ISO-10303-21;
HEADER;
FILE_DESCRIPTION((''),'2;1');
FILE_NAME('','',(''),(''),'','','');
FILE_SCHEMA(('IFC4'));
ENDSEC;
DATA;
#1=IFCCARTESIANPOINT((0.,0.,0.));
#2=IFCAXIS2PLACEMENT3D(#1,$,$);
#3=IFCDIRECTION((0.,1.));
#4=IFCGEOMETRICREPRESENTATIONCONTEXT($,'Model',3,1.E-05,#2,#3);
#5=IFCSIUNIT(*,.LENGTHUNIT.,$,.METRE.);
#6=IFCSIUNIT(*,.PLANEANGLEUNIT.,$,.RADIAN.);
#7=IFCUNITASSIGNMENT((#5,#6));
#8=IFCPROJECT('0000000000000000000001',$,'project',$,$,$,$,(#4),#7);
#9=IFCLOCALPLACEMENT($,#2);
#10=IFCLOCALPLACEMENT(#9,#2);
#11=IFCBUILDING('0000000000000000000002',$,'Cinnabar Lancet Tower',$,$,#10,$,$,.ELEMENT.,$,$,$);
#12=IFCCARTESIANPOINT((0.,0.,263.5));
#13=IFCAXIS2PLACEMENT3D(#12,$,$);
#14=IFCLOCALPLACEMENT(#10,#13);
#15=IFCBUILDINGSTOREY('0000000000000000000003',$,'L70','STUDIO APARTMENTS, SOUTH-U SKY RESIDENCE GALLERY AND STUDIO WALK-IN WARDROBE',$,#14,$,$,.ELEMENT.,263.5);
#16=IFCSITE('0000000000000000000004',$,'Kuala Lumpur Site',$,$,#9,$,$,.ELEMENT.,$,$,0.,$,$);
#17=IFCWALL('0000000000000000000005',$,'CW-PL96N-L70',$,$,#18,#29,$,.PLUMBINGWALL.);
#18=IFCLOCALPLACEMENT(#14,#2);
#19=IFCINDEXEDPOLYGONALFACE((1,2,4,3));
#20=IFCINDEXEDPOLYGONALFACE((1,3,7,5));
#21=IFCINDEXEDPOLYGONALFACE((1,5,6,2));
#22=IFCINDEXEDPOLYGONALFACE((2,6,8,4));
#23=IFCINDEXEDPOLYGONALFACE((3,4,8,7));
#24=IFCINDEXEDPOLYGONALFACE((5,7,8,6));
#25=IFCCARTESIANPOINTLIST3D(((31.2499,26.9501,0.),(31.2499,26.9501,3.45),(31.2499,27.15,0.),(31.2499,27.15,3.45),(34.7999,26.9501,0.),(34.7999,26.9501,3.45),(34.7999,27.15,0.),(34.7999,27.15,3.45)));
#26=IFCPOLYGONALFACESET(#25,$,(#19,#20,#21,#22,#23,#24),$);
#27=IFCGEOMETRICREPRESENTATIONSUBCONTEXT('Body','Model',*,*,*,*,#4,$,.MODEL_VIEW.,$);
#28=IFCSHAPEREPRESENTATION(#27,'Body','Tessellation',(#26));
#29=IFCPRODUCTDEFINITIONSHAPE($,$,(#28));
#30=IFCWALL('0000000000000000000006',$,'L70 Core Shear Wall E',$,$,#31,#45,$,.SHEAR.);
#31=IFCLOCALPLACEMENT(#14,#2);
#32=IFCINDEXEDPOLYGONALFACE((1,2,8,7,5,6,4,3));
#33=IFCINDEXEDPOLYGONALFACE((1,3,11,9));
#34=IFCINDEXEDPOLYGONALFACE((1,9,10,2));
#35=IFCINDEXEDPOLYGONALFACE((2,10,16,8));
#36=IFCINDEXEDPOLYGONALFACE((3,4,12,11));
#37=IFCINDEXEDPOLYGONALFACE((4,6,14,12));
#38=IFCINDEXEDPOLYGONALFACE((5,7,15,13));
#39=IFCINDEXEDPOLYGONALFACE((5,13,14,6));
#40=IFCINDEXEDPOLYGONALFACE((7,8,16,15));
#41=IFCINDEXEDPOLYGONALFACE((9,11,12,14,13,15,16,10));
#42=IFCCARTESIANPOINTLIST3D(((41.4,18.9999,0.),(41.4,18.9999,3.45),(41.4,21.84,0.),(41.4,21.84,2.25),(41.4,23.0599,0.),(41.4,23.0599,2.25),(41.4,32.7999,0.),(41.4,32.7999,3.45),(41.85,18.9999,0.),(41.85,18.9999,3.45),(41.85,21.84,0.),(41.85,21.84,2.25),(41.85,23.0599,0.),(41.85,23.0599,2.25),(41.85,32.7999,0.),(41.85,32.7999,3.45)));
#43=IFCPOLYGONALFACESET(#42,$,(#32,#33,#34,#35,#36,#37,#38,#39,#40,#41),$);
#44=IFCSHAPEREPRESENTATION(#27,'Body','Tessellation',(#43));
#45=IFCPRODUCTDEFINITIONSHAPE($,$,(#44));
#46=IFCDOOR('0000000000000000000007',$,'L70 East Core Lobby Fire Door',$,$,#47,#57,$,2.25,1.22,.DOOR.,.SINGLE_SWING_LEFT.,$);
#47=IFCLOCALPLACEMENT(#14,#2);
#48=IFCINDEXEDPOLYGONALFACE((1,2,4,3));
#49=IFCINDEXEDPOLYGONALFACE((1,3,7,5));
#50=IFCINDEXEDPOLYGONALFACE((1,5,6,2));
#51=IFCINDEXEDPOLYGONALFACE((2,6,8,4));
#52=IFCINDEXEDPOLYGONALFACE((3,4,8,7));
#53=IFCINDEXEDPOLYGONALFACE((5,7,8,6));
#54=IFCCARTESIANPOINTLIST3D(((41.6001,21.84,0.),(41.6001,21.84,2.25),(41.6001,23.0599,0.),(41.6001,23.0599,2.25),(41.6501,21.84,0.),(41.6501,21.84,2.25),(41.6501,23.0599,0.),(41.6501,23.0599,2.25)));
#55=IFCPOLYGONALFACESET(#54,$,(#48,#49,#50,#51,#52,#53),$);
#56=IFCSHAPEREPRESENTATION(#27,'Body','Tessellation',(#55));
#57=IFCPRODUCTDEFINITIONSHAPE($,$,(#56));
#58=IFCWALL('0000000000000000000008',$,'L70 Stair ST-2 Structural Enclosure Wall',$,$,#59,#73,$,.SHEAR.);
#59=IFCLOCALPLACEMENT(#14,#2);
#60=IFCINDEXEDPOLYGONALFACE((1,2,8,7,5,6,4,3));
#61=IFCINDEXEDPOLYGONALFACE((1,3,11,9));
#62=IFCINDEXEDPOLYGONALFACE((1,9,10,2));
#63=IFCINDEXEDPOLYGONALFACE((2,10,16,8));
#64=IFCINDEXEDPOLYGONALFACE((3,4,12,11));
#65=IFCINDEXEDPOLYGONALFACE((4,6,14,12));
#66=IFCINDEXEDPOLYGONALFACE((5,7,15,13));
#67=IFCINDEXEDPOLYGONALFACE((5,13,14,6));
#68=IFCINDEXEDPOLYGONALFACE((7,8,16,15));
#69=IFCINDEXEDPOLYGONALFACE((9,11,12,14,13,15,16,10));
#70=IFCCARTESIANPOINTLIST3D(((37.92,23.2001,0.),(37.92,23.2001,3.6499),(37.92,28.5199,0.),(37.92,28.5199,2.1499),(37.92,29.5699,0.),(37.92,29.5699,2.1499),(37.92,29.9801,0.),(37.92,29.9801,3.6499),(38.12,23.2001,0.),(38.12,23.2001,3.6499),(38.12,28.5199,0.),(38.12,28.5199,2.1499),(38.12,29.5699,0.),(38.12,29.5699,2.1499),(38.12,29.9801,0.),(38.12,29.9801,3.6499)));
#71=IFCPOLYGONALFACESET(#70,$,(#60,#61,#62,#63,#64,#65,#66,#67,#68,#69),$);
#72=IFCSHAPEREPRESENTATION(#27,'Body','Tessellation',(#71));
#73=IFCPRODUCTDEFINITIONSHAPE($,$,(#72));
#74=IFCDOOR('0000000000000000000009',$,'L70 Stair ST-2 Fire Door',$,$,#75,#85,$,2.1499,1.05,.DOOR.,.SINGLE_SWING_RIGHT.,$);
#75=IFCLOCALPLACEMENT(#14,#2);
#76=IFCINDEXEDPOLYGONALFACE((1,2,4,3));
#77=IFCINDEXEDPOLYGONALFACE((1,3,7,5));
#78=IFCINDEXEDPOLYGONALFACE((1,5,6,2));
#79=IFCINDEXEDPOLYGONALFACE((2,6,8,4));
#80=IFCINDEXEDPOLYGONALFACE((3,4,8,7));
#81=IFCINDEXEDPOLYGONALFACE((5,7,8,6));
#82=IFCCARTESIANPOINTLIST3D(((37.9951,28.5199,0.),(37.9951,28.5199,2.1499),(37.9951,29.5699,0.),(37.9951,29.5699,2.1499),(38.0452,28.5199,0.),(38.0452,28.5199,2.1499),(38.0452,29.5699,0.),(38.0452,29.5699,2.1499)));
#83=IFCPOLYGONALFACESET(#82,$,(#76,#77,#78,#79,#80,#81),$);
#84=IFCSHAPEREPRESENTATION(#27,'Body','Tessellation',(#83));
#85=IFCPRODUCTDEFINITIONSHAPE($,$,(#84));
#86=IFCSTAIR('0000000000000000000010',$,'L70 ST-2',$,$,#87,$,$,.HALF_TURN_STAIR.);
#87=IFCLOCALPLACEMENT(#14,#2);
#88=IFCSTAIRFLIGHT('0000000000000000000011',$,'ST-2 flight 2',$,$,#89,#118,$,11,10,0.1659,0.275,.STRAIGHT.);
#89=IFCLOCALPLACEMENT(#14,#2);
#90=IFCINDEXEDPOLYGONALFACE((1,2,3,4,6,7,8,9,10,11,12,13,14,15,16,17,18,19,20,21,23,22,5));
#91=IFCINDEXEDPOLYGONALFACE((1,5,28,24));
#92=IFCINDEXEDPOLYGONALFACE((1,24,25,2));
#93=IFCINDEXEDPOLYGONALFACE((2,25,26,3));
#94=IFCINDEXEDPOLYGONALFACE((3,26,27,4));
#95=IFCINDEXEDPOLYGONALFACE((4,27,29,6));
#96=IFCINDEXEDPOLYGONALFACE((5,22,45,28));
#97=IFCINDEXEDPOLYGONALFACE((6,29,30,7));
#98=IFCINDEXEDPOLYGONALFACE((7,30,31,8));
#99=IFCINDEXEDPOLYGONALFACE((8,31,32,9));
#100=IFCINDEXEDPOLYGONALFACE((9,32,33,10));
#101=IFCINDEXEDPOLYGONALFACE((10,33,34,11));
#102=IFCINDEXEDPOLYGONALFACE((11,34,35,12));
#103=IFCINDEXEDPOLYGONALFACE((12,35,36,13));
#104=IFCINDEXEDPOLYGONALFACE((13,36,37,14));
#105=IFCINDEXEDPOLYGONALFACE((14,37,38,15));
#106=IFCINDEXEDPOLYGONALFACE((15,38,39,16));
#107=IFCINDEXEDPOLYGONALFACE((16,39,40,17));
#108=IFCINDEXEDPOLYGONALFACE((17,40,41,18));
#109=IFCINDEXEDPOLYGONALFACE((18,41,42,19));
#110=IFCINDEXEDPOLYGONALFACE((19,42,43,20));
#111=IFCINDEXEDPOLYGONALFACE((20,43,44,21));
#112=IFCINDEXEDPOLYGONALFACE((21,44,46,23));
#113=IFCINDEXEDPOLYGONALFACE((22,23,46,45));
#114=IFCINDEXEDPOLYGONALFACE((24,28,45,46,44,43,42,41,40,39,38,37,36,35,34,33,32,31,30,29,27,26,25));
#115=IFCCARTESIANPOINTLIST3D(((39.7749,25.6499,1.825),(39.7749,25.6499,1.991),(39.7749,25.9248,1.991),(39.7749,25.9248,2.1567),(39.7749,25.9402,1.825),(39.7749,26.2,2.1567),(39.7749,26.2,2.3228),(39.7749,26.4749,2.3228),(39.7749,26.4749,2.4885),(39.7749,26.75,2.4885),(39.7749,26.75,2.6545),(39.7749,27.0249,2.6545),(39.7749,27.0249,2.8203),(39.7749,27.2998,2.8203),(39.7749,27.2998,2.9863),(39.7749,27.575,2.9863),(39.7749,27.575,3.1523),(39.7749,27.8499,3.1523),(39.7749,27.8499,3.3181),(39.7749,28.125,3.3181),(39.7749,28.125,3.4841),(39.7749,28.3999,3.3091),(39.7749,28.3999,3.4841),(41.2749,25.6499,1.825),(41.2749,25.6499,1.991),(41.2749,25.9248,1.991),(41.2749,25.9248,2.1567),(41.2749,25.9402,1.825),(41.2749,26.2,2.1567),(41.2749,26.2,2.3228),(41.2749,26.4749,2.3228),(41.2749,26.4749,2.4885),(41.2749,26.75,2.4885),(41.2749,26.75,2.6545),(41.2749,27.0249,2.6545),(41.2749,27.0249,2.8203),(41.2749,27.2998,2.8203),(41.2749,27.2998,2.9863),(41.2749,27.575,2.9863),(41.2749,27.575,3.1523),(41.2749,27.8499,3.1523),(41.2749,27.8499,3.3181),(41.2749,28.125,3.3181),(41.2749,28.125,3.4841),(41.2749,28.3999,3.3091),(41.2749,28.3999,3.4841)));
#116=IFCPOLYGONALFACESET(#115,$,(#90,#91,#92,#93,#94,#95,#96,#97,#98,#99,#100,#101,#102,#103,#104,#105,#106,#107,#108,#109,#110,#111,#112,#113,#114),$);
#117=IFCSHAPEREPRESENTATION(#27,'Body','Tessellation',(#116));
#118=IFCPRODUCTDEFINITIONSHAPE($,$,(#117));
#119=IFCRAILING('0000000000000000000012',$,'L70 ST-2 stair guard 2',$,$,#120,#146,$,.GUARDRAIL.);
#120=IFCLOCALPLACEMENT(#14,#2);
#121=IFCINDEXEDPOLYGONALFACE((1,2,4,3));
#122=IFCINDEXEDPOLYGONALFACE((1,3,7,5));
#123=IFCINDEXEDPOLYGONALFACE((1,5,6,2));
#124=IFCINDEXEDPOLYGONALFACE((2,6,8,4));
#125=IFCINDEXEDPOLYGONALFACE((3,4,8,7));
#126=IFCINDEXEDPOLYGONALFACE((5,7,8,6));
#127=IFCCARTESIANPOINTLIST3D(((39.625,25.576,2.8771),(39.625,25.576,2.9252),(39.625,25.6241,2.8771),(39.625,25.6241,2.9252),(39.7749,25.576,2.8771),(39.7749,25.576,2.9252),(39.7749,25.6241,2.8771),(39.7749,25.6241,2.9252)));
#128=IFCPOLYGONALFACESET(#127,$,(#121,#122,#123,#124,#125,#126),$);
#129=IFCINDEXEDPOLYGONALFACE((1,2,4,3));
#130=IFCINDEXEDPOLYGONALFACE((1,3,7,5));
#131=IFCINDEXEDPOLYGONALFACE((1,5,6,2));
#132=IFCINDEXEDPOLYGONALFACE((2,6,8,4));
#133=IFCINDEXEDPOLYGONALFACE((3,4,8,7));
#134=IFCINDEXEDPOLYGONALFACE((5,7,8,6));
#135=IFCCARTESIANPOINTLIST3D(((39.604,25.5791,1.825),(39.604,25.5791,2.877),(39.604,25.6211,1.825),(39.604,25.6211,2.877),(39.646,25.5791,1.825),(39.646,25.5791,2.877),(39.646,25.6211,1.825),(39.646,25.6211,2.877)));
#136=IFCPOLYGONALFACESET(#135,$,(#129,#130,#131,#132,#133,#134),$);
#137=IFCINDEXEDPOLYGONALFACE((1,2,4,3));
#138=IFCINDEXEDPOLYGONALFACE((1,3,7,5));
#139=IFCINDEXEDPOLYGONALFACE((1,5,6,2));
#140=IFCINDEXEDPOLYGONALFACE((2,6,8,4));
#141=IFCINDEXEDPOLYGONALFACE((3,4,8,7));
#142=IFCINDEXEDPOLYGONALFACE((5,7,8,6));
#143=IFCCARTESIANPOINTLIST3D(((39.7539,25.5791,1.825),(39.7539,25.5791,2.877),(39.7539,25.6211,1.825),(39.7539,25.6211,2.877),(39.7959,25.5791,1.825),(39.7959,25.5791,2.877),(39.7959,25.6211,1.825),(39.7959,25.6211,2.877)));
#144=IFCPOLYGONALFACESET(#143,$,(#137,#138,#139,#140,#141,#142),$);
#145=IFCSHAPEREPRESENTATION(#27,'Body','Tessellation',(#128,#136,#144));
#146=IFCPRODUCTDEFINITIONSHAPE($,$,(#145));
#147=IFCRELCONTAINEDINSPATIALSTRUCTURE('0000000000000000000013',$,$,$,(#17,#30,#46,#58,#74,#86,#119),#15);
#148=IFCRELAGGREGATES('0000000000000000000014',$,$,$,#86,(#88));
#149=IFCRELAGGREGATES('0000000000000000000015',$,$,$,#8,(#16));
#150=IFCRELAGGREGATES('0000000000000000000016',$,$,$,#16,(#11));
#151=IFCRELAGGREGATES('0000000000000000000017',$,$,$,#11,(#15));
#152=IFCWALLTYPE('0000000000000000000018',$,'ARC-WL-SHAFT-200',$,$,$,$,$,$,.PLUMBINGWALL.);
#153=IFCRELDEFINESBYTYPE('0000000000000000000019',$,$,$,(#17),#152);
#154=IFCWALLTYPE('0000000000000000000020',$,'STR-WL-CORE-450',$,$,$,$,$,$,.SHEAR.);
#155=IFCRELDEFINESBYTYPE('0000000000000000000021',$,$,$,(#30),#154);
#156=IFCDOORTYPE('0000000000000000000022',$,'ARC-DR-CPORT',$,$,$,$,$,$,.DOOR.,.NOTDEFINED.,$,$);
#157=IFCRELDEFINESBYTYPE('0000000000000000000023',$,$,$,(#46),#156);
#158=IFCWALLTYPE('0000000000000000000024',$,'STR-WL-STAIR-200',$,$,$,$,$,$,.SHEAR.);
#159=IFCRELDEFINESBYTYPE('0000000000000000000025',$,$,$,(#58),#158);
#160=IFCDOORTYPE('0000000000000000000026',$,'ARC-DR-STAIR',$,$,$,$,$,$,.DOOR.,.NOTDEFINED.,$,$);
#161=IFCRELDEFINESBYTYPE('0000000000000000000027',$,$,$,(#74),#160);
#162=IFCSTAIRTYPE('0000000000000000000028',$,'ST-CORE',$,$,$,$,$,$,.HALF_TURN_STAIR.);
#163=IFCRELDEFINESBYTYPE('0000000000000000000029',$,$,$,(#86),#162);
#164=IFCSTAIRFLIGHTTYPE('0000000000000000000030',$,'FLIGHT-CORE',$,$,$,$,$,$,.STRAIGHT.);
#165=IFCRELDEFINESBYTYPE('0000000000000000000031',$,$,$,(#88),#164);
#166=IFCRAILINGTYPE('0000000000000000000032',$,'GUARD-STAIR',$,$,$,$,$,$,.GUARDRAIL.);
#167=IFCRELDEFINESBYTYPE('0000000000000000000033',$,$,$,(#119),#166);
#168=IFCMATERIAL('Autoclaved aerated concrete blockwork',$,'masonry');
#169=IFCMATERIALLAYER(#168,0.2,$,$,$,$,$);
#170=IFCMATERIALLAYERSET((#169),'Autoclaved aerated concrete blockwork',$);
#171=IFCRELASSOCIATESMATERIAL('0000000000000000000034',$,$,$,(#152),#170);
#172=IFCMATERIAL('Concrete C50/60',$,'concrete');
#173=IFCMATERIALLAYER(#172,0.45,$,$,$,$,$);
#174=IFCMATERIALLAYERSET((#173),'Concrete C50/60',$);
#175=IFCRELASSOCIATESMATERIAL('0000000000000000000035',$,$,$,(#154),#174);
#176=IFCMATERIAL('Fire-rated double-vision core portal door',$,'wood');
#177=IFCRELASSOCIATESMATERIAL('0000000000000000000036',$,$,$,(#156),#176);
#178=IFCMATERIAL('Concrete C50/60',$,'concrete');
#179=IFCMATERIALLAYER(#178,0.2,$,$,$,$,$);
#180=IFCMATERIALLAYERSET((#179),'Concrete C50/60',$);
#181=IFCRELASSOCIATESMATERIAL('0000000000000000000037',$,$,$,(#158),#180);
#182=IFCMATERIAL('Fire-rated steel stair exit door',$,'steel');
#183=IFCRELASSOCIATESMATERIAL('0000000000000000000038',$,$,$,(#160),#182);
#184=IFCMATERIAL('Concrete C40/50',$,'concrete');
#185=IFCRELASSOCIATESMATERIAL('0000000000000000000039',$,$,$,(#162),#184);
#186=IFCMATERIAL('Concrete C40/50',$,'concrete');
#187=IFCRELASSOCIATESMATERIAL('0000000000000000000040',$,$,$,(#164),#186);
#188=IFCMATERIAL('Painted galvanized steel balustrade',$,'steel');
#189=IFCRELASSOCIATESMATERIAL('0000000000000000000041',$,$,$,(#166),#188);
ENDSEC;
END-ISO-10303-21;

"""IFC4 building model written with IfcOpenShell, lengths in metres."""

from ifc_helpers import new_model, si_unit, direction, frame, frame_2d, origin, origin_2d, place, context, subcontext, project, spatial, polyline, rectangle, outline, extrude, material, layer, layer_set, type_object, element, fill, aggregate, save


model = new_model("IFC4")

# Units and contexts
model_context = context("Model", 3, precision=1e-05, world=origin(), true_north=direction((0.0, 1.0)))
body_context = subcontext(model_context, "Body", "Model", "MODEL_VIEW")
ifc_project = project(units=[si_unit("LENGTHUNIT", "METRE"), si_unit("PLANEANGLEUNIT", "RADIAN")], contexts=[model_context])

# Site, building, storey
site_placement = place(None, origin())
site = spatial("IfcSite", under=ifc_project, at=site_placement, Name="Kuala Lumpur Site", CompositionType="ELEMENT", RefElevation=0.0)
building_placement = place(site_placement, origin())
building = spatial("IfcBuilding", under=site, at=building_placement, Name="Cinnabar Lancet Tower", CompositionType="ELEMENT")
storey_placement = place(building_placement, frame((0.0, 0.0, 263.5)))
storey = spatial("IfcBuildingStorey", under=building, at=storey_placement, Name="L70", Description="STUDIO APARTMENTS, SOUTH-U SKY RESIDENCE GALLERY AND STUDIO WALK-IN WARDROBE", CompositionType="ELEMENT", Elevation=263.5)

# Shared definitions
ifc_material_1 = material(Name="Autoclaved aerated concrete blockwork", Category="masonry")
ifc_layer_1 = layer(ifc_material_1, 0.2)
ifc_layer_set_1 = layer_set([ifc_layer_1], Name="Autoclaved aerated concrete blockwork")
wall_type_1 = type_object("IfcWallType", Name="ARC-WL-SHAFT-200", PredefinedType="PLUMBINGWALL", material=ifc_layer_set_1)

# Wall
wall_1_placement = place(storey_placement, frame((31.25, 27.05, 0.0), z_axis=(0.0, 0.0, 1.0), x_axis=(1.0, 0.0, 0.0)))
element("IfcWall", 1, at=wall_1_placement, inside=storey, type_object=wall_type_1, Name="CW-PL96N-L70", PredefinedType="PLUMBINGWALL", context=body_context, shape_type="SweptSolid", body=[
    extrude(rectangle(XDim=3.55, YDim=0.2, at=frame_2d((1.7749, 0.0))), origin(), (0.0, 0.0, 1.0), 3.45),
])

# Walls, openings, doors
ifc_material_2 = material(Name="Concrete C50/60", Category="concrete")
ifc_layer_2 = layer(ifc_material_2, 0.45)
ifc_layer_set_2 = layer_set([ifc_layer_2], Name="Concrete C50/60")
wall_type_2 = type_object("IfcWallType", Name="STR-WL-CORE-450", PredefinedType="SHEAR", material=ifc_layer_set_2)
wall_2_placement = place(storey_placement, frame((41.625, 19.0, 0.0), z_axis=(0.0, 0.0, 1.0), x_axis=(0.0, 1.0, 0.0)))
wall_2 = element("IfcWall", 2, at=wall_2_placement, inside=storey, type_object=wall_type_2, Name="L70 Core Shear Wall E", PredefinedType="SHEAR", context=body_context, shape_type="SweptSolid", body=[
    extrude(rectangle(XDim=13.8, YDim=0.45, at=frame_2d((6.8999, 0.0))), origin(), (0.0, 0.0, 1.0), 3.45),
])
opening_1_placement = place(wall_2_placement, frame((2.8401, 0.0, 0.0)))
opening_1 = element("IfcOpeningElement", 3, at=opening_1_placement, cuts=wall_2, PredefinedType="OPENING", context=body_context, shape_type="SweptSolid", body=[
    extrude(rectangle(XDim=1.22, YDim=2.25, at=frame_2d((0.6099, 1.125))), frame((0.0, 0.2349, 0.0), z_axis=(0.0, -1.0, 0.0), x_axis=(1.0, 0.0, 0.0)), (0.0, 0.0, 1.0), 0.47),
])
ifc_material_3 = material(Name="Fire-rated double-vision core portal door", Category="wood")
door_type_1 = type_object("IfcDoorType", Name="ARC-DR-CPORT", OperationType="NOTDEFINED", PredefinedType="DOOR", material=ifc_material_3)
door_1_placement = place(opening_1_placement, origin())
door_1 = element("IfcDoor", 4, at=door_1_placement, inside=storey, type_object=door_type_1, Name="L70 East Core Lobby Fire Door", OperationType="SINGLE_SWING_LEFT", OverallHeight=2.25, OverallWidth=1.22, PredefinedType="DOOR", context=body_context, shape_type="SweptSolid", body=[
    extrude(rectangle(XDim=1.22, YDim=2.25, at=frame_2d((0.6099, 1.125))), frame((0.0, 0.0249, 0.0), z_axis=(0.0, -1.0, 0.0), x_axis=(1.0, 0.0, 0.0)), (0.0, 0.0, 1.0), 0.05),
])
fill(opening_1, door_1)
ifc_material_4 = material(Name="Concrete C50/60", Category="concrete")
ifc_layer_3 = layer(ifc_material_4, 0.2)
ifc_layer_set_3 = layer_set([ifc_layer_3], Name="Concrete C50/60")
wall_type_3 = type_object("IfcWallType", Name="STR-WL-STAIR-200", PredefinedType="SHEAR", material=ifc_layer_set_3)
wall_3_placement = place(storey_placement, frame((38.02, 23.2, 0.0), z_axis=(0.0, 0.0, 1.0), x_axis=(0.0, 1.0, 0.0)))
wall_3 = element("IfcWall", 5, at=wall_3_placement, inside=storey, type_object=wall_type_3, Name="L70 Stair ST-2 Structural Enclosure Wall", PredefinedType="SHEAR", context=body_context, shape_type="SweptSolid", body=[
    extrude(rectangle(XDim=6.78, YDim=0.2, at=frame_2d((3.3901, 0.0))), origin(), (0.0, 0.0, 1.0), 3.6499),
])
opening_2_placement = place(wall_3_placement, frame((5.3201, 0.0, 0.0)))
opening_2 = element("IfcOpeningElement", 6, at=opening_2_placement, cuts=wall_3, PredefinedType="OPENING", context=body_context, shape_type="SweptSolid", body=[
    extrude(rectangle(XDim=1.05, YDim=2.1499, at=frame_2d((0.5249, 1.075))), frame((0.0, 0.1099, 0.0), z_axis=(0.0, -1.0, 0.0), x_axis=(1.0, 0.0, 0.0)), (0.0, 0.0, 1.0), 0.22),
])
ifc_material_5 = material(Name="Fire-rated steel stair exit door", Category="steel")
door_type_2 = type_object("IfcDoorType", Name="ARC-DR-STAIR", OperationType="NOTDEFINED", PredefinedType="DOOR", material=ifc_material_5)
door_2_placement = place(opening_2_placement, origin())
door_2 = element("IfcDoor", 7, at=door_2_placement, inside=storey, type_object=door_type_2, Name="L70 Stair ST-2 Fire Door", OperationType="SINGLE_SWING_RIGHT", OverallHeight=2.1499, OverallWidth=1.05, PredefinedType="DOOR", context=body_context, shape_type="SweptSolid", body=[
    extrude(rectangle(XDim=1.05, YDim=2.1499, at=frame_2d((0.5249, 1.075))), frame((0.0, 0.0249, 0.0), z_axis=(0.0, -1.0, 0.0), x_axis=(1.0, 0.0, 0.0)), (0.0, 0.0, 1.0), 0.05),
])
fill(opening_2, door_2)

# Stair, stair flight
ifc_material_6 = material(Name="Concrete C40/50", Category="concrete")
stair_type = type_object("IfcStairType", Name="ST-CORE", PredefinedType="HALF_TURN_STAIR", material=ifc_material_6)
stair_placement = place(storey_placement, origin())
stair = element("IfcStair", 8, at=stair_placement, inside=storey, type_object=stair_type, Name="L70 ST-2", PredefinedType="HALF_TURN_STAIR")
ifc_material_7 = material(Name="Concrete C40/50", Category="concrete")
stair_flight_type = type_object("IfcStairFlightType", Name="FLIGHT-CORE", PredefinedType="STRAIGHT", material=ifc_material_7)
stair_flight_placement = place(storey_placement, frame((40.5249, 25.6499, 1.825), z_axis=(0.0, 0.0, 1.0), x_axis=(0.0, 1.0, 0.0)))
stair_flight = element("IfcStairFlight", 9, at=stair_flight_placement, type_object=stair_flight_type, Name="ST-2 flight 2", NumberOfRisers=11, NumberOfTreads=10, PredefinedType="STRAIGHT", RiserHeight=0.1659, TreadLength=0.275, context=body_context, shape_type="SweptSolid", body=[
    extrude(outline(polyline([(0.0, 0.0), (0.0, 0.166), (0.2749, 0.166), (0.2749, 0.3318), (0.55, 0.3318), (0.55, 0.4978), (0.825, 0.4978), (0.825, 0.6636), (1.1001, 0.6636), (1.1001, 0.8296), (1.375, 0.8296), (1.375, 0.9954), (1.6499, 0.9954), (1.6499, 1.1614), (1.925, 1.1614), (1.925, 1.3274), (2.2, 1.3274), (2.2, 1.4932), (2.4751, 1.4932), (2.4751, 1.6592), (2.75, 1.6592), (2.75, 1.825), (2.75, 1.4841), (0.2903, 0.0), (0.0, 0.0)])), frame((0.0, 0.75, 0.0), z_axis=(0.0, -1.0, 0.0), x_axis=(1.0, 0.0, 0.0)), (0.0, 0.0, 1.0), 1.5),
])
aggregate(stair, [stair_flight])

# Railing
ifc_material_8 = material(Name="Painted galvanized steel balustrade", Category="steel")
railing_type_1 = type_object("IfcRailingType", Name="GUARD-STAIR", PredefinedType="GUARDRAIL", material=ifc_material_8)
railing_1_placement = place(storey_placement, frame((39.625, 25.6001, 1.825)))
element("IfcRailing", 10, at=railing_1_placement, inside=storey, type_object=railing_type_1, Name="L70 ST-2 stair guard 2", PredefinedType="GUARDRAIL", context=body_context, shape_type="SweptSolid", body=[
    extrude(rectangle(XDim=0.0481, YDim=0.0481, at=origin_2d()), frame((0.0, 0.0, 1.0762), z_axis=(1.0, 0.0, 0.0), x_axis=(0.0, 1.0, 0.0)), (0.0, 0.0, 1.0), 0.1499),
    extrude(rectangle(XDim=0.042, YDim=0.042, at=origin_2d()), origin(), (0.0, 0.0, 1.0), 1.052),
    extrude(rectangle(XDim=0.042, YDim=0.042, at=origin_2d()), frame((0.1499, 0.0, 0.0)), (0.0, 0.0, 1.0), 1.052),
])

save(model, "model.ifc")
